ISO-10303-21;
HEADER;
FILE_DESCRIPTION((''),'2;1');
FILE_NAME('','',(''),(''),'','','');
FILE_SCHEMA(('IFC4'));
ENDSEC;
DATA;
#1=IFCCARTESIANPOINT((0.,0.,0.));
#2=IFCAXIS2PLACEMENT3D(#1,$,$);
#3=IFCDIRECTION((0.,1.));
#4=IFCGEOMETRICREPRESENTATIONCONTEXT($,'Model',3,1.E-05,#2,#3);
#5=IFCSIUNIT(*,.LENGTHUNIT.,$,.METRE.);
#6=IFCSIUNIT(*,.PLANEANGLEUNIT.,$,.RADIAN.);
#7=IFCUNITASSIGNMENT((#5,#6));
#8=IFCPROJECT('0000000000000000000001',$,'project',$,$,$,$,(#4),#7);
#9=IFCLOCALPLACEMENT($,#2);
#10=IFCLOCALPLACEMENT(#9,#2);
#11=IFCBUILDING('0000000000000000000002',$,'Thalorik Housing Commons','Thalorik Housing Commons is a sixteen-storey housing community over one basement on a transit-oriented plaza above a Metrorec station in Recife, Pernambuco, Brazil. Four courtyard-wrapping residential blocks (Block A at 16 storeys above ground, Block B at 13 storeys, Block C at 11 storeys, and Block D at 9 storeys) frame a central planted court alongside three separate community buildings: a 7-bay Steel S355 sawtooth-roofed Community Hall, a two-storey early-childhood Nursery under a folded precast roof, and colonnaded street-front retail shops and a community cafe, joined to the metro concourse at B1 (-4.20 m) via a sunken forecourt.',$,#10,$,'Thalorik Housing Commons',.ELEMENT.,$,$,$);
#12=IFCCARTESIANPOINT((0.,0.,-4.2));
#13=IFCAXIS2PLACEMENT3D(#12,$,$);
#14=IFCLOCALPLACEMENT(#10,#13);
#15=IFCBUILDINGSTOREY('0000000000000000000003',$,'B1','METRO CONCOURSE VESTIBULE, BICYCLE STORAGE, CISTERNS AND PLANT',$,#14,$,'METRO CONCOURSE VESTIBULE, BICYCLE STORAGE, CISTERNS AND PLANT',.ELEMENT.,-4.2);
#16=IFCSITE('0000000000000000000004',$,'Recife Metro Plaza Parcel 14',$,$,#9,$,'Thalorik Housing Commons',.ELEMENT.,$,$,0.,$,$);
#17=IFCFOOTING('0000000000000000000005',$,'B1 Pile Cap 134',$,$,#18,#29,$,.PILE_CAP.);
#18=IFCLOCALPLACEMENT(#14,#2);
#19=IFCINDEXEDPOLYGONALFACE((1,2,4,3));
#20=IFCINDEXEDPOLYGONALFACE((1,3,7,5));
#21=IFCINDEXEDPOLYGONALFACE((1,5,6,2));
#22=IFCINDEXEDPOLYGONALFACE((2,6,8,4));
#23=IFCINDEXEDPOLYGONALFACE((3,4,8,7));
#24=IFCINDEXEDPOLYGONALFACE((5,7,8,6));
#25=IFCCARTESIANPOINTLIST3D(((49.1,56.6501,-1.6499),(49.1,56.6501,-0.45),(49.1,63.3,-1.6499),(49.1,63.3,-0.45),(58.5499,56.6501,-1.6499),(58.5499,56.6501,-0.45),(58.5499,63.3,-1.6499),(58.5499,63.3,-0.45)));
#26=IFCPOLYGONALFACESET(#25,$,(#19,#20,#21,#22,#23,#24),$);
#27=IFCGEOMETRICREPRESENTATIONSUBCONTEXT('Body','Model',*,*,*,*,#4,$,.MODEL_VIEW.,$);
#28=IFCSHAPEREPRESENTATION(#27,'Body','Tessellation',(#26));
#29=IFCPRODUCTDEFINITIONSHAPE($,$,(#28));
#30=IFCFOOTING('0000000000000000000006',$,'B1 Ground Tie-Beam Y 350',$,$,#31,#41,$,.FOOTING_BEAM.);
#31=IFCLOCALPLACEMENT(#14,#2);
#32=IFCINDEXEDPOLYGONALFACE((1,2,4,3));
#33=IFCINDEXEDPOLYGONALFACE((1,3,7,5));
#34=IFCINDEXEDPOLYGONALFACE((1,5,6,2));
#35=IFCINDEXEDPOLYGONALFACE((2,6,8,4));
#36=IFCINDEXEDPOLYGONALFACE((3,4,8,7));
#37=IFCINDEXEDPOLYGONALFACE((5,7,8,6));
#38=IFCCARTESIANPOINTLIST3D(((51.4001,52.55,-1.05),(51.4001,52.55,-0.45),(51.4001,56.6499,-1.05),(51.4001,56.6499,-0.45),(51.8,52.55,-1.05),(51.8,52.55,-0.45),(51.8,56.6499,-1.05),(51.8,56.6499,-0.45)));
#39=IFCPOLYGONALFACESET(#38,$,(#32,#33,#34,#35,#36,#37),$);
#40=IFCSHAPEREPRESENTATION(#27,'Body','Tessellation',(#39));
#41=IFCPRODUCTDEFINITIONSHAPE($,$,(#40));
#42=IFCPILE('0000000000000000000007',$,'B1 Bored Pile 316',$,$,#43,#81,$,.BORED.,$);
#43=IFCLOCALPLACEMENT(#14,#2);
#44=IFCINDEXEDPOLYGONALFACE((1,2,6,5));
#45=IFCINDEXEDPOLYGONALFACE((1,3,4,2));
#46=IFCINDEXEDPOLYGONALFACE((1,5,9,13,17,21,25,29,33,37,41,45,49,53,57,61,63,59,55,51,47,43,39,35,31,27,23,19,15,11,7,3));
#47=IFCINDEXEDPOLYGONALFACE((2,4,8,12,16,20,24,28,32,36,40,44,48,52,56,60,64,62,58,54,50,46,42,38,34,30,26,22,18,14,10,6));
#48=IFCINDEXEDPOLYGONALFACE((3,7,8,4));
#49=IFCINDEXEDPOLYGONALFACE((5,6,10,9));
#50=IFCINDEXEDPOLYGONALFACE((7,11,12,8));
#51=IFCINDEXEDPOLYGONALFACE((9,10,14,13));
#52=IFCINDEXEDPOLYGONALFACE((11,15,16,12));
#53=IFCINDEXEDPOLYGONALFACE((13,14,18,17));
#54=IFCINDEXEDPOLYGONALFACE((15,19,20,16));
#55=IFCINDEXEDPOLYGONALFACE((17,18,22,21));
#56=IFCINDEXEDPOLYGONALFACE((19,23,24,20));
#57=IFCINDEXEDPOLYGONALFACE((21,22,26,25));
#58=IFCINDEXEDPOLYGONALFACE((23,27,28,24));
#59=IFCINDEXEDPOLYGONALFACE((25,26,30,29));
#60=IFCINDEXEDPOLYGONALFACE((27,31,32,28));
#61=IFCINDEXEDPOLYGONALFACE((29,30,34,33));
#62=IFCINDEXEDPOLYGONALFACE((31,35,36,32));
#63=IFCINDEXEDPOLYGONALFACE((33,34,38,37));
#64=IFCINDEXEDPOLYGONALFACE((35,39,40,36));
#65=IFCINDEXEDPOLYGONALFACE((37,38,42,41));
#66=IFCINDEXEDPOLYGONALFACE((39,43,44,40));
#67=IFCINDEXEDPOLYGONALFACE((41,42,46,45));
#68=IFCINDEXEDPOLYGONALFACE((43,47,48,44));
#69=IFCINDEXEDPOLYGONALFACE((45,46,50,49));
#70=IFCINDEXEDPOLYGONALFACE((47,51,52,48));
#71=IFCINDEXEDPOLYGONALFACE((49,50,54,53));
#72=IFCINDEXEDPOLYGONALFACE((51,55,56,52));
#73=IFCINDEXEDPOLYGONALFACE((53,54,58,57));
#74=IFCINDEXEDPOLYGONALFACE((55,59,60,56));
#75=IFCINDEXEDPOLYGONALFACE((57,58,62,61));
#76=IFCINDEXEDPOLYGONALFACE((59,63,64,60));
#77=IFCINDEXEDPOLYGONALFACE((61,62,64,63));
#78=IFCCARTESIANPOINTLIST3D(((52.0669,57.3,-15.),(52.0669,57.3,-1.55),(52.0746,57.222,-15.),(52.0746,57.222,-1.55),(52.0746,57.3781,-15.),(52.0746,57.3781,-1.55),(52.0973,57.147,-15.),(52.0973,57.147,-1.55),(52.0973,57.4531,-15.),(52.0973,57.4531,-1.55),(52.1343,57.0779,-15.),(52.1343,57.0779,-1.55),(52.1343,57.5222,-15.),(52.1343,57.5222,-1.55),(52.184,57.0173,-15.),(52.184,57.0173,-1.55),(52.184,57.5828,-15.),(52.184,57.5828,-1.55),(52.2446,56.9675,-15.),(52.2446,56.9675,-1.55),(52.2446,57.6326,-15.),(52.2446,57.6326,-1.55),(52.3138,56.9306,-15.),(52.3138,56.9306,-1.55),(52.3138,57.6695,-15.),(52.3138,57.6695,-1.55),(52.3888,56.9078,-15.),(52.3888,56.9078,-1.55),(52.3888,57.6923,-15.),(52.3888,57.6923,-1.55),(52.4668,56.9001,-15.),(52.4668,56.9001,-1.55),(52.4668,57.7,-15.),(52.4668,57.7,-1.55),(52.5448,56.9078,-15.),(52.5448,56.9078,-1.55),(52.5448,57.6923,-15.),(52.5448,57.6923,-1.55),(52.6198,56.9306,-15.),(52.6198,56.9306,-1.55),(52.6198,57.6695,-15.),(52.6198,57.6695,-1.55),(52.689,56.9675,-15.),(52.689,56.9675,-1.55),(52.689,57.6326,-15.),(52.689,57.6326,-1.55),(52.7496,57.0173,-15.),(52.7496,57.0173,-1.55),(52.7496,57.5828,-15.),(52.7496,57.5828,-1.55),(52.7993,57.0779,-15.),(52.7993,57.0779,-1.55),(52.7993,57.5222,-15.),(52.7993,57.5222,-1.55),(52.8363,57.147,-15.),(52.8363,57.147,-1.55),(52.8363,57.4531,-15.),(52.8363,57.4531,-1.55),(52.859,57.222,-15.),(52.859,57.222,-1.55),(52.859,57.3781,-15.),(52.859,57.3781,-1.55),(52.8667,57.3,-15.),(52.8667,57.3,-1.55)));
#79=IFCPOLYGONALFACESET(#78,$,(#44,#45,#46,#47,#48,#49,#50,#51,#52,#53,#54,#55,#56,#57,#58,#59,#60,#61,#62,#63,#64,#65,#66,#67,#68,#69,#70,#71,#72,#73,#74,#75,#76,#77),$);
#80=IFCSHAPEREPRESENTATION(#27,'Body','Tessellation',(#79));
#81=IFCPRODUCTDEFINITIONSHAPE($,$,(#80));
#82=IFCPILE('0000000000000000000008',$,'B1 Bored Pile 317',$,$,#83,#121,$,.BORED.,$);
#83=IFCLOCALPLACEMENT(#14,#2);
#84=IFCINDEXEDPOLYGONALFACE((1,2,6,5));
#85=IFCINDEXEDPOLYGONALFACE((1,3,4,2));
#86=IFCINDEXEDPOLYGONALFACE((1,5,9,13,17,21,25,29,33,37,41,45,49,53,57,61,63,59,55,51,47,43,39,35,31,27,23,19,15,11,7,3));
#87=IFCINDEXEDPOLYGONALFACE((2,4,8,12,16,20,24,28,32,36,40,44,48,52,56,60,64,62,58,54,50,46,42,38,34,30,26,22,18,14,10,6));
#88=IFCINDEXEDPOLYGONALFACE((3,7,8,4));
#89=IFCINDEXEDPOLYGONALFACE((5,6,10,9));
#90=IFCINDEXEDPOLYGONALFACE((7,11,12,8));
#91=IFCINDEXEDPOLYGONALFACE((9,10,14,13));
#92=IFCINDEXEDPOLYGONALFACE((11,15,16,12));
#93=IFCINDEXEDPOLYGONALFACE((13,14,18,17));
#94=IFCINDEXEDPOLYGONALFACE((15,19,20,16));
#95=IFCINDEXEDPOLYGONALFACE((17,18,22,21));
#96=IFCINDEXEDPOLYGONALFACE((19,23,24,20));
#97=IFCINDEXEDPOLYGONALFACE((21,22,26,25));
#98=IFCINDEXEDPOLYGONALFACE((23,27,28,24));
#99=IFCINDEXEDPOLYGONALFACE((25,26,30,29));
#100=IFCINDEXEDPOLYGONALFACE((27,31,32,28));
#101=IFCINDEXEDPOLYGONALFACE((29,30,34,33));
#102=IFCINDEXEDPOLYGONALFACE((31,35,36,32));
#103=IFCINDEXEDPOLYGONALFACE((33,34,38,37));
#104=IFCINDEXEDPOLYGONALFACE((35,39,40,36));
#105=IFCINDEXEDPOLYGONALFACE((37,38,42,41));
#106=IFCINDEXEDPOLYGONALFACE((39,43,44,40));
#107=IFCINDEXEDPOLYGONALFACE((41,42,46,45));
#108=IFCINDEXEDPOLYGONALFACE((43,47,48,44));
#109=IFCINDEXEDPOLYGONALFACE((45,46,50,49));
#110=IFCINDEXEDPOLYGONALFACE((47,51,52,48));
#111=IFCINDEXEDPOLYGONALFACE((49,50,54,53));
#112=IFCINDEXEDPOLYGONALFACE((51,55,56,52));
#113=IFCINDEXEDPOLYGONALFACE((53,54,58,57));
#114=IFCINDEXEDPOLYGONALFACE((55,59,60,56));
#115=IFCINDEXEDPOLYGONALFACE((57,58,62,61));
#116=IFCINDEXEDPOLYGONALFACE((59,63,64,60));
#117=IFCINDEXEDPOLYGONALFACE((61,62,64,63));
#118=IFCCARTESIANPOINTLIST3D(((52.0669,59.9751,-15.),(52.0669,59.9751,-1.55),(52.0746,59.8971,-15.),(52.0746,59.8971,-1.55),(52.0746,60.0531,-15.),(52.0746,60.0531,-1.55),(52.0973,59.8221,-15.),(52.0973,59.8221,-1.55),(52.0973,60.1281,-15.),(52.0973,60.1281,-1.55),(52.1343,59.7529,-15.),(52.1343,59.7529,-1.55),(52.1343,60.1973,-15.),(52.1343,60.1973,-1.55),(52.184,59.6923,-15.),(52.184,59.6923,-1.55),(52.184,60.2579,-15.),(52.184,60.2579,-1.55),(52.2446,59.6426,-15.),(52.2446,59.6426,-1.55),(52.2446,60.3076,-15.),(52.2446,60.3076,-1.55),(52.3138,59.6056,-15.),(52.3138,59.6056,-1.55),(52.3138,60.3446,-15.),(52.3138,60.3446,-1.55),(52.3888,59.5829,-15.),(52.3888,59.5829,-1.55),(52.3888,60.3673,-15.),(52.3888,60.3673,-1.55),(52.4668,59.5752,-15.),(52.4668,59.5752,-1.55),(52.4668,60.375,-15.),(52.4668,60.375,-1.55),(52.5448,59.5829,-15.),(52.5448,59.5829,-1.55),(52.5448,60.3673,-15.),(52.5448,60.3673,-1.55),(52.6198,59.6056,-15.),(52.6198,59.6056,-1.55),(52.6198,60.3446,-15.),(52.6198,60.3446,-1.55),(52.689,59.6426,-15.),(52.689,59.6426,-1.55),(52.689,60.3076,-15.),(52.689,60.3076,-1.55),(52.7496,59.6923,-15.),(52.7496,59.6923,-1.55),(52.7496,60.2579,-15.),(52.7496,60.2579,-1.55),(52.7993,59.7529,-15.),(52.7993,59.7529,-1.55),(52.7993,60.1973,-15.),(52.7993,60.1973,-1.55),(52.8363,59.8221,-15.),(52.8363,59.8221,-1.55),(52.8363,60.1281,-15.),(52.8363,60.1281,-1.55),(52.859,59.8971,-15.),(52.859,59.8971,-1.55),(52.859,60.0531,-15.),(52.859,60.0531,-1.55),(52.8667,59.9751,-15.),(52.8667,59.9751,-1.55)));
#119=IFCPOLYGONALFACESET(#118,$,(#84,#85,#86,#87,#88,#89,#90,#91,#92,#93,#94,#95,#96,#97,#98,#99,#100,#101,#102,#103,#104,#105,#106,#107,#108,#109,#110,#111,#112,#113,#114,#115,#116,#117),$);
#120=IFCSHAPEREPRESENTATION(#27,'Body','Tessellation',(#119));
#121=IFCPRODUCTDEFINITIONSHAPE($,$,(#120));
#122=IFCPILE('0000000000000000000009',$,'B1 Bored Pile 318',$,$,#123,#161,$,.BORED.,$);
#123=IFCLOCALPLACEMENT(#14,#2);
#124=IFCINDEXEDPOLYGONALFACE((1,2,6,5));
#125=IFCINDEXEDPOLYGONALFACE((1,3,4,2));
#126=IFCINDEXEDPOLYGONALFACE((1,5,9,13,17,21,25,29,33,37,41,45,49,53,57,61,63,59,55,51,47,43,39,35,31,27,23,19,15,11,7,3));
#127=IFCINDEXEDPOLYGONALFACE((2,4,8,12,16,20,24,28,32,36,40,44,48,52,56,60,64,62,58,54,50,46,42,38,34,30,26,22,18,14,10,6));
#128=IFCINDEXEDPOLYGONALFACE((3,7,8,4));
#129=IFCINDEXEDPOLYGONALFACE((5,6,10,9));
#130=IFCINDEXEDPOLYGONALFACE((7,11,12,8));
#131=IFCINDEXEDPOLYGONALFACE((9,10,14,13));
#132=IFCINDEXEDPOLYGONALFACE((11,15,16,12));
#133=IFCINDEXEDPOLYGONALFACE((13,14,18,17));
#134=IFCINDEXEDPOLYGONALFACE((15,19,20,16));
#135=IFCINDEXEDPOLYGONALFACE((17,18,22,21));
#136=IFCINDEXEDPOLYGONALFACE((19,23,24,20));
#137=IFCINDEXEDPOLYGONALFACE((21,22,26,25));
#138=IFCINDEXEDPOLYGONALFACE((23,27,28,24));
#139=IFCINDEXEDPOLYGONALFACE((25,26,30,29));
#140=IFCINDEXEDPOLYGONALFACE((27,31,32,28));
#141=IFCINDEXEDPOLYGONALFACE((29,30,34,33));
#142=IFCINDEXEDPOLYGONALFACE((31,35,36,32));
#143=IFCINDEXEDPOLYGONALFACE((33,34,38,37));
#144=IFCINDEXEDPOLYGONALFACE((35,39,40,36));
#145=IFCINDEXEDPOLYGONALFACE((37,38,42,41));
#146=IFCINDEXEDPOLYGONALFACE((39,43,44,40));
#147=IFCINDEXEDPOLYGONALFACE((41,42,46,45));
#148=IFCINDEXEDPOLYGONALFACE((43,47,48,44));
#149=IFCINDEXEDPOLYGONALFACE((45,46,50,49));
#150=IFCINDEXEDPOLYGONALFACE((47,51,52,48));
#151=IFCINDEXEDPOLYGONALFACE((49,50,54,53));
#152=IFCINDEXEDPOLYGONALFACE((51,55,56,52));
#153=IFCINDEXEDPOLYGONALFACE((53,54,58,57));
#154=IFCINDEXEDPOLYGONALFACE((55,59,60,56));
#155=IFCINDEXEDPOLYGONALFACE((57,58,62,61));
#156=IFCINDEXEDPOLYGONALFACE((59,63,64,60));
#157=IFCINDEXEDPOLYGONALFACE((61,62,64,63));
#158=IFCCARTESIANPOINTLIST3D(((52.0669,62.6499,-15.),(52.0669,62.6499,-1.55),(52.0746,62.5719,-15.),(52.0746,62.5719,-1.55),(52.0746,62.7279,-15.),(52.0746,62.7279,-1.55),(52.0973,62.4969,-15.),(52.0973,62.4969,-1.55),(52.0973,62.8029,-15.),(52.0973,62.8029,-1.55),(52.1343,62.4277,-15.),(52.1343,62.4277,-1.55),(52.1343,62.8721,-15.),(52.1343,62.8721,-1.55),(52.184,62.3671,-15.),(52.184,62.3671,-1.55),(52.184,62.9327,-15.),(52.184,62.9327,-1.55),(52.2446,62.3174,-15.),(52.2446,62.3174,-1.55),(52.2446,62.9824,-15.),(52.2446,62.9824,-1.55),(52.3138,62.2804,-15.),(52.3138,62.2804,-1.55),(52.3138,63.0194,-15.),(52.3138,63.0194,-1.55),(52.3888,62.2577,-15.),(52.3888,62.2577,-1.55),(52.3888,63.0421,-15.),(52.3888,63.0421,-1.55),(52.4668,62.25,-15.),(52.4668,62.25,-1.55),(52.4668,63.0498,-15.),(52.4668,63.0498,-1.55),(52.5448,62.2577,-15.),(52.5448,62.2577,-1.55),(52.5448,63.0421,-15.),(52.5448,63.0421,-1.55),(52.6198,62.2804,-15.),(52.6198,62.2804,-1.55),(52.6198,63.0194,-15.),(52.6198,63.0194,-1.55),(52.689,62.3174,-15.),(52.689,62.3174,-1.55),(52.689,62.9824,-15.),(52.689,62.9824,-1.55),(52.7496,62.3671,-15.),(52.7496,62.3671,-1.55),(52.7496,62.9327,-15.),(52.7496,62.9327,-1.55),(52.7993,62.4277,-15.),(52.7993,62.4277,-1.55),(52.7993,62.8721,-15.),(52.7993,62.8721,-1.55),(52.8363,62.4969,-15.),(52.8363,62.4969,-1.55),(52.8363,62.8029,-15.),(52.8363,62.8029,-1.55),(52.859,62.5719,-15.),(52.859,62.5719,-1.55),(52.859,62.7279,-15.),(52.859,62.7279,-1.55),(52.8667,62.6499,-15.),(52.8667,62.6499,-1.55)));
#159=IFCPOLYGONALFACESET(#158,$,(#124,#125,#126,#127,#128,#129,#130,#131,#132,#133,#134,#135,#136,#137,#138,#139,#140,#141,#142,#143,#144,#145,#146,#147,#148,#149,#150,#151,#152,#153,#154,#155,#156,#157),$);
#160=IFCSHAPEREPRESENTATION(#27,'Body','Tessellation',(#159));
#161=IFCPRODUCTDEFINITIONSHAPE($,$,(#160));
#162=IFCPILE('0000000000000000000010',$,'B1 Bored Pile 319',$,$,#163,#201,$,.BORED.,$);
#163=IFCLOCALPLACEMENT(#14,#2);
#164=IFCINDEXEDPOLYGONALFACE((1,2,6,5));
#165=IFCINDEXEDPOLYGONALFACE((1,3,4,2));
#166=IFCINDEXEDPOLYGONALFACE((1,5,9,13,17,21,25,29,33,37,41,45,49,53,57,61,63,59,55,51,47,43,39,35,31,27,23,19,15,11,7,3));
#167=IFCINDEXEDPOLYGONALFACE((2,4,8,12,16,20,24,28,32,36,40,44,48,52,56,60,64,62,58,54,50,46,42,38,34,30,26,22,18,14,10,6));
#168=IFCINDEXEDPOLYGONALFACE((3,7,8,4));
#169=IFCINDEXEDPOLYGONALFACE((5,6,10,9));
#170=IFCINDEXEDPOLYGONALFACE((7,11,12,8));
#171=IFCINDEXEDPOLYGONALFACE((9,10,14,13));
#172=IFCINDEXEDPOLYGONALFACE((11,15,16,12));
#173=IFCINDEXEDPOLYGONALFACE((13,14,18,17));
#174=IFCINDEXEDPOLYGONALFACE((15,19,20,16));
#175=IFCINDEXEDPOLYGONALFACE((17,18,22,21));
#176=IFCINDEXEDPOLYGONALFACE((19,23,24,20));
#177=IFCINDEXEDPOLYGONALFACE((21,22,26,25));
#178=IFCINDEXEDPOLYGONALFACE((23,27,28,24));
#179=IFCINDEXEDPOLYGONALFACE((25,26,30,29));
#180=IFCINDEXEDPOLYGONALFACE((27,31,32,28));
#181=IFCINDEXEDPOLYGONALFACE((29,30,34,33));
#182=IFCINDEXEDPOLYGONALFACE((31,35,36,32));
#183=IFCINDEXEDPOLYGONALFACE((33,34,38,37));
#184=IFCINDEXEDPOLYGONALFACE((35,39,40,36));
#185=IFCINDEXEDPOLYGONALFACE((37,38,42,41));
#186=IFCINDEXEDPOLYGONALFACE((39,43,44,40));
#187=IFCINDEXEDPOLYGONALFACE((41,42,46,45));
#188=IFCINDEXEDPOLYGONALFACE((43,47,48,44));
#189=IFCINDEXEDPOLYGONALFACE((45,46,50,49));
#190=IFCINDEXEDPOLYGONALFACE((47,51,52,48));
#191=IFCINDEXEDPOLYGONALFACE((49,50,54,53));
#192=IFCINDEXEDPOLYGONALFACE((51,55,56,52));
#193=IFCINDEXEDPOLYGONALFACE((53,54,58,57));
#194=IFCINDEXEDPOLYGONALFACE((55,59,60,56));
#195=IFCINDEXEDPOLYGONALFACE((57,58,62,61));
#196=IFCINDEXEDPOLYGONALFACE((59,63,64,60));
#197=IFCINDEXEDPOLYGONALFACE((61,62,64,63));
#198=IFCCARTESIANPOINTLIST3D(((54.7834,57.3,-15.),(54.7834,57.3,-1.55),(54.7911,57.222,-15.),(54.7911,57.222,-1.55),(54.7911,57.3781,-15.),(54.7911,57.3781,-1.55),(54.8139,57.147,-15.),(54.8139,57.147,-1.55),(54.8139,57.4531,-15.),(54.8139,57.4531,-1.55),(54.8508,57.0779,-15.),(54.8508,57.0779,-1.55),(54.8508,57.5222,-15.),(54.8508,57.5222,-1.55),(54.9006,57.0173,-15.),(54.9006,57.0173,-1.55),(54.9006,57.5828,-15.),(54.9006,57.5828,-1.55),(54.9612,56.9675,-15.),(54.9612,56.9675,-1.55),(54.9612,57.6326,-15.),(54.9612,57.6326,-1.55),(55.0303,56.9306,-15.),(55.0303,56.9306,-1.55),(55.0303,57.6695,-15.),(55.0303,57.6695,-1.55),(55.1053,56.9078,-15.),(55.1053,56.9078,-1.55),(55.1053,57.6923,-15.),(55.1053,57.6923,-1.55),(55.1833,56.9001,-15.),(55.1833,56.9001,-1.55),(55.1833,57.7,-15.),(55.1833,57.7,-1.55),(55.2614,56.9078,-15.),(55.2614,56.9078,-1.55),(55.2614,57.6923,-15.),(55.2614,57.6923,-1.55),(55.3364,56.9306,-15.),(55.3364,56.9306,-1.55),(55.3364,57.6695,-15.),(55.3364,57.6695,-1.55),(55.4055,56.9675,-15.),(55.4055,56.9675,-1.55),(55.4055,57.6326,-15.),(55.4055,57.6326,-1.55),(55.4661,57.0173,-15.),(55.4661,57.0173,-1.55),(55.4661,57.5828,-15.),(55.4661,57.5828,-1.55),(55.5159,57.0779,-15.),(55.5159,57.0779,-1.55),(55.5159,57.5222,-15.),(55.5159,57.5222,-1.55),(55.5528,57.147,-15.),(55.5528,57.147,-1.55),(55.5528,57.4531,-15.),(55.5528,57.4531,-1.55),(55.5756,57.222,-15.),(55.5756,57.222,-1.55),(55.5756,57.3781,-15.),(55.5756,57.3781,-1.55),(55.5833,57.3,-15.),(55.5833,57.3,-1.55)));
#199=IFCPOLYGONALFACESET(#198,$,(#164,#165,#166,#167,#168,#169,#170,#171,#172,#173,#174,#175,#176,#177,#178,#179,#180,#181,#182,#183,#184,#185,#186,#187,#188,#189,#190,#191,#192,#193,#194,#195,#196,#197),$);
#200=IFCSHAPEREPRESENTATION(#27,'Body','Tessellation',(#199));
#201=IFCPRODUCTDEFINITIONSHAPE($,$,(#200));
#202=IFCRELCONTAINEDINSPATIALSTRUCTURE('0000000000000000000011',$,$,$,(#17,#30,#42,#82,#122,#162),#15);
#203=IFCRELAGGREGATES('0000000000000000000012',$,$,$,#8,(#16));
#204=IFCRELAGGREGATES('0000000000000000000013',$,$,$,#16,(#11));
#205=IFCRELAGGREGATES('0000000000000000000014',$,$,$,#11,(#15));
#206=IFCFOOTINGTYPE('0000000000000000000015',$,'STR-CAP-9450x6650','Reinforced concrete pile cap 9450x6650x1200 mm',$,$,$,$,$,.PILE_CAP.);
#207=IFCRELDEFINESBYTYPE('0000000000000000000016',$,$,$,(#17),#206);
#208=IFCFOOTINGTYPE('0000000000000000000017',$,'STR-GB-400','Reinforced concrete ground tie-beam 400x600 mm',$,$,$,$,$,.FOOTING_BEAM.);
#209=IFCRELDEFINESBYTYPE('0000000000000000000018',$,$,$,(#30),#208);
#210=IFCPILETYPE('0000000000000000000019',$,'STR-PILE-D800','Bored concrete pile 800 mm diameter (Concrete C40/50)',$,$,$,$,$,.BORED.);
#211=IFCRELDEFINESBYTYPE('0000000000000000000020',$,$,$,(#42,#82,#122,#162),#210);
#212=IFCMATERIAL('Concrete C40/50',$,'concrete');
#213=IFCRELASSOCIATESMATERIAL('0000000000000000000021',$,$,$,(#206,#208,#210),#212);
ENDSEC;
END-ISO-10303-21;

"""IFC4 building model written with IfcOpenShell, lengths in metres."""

from ifc_helpers import new_model, si_unit, direction, frame, origin, origin_2d, place, context, subcontext, project, spatial, rectangle, circle, extrude, material, material_profile, profile_set, type_object, element, save


model = new_model("IFC4")

# Units and contexts
model_context = context("Model", 3, precision=1e-05, world=origin(), true_north=direction((0.0, 1.0)))
body_context = subcontext(model_context, "Body", "Model", "MODEL_VIEW")
ifc_project = project(units=[si_unit("LENGTHUNIT", "METRE"), si_unit("PLANEANGLEUNIT", "RADIAN")], contexts=[model_context])

# Site, building, storey
site_placement = place(None, origin())
site = spatial("IfcSite", under=ifc_project, at=site_placement, Name="Recife Metro Plaza Parcel 14", LongName="Thalorik Housing Commons", CompositionType="ELEMENT", RefElevation=0.0)
building_placement = place(site_placement, origin())
building = spatial("IfcBuilding", under=site, at=building_placement, Name="Thalorik Housing Commons", Description="Thalorik Housing Commons is a sixteen-storey housing community over one basement on a transit-oriented plaza above a Metrorec station in Recife, Pernambuco, Brazil. Four courtyard-wrapping residential blocks (Block A at 16 storeys above ground, Block B at 13 storeys, Block C at 11 storeys, and Block D at 9 storeys) frame a central planted court alongside three separate community buildings: a 7-bay Steel S355 sawtooth-roofed Community Hall, a two-storey early-childhood Nursery under a folded precast roof, and colonnaded street-front retail shops and a community cafe, joined to the metro concourse at B1 (-4.20 m) via a sunken forecourt.", LongName="Thalorik Housing Commons", CompositionType="ELEMENT")
storey_placement = place(building_placement, frame((0.0, 0.0, -4.2)))
storey = spatial("IfcBuildingStorey", under=building, at=storey_placement, Name="B1", Description="METRO CONCOURSE VESTIBULE, BICYCLE STORAGE, CISTERNS AND PLANT", LongName="METRO CONCOURSE VESTIBULE, BICYCLE STORAGE, CISTERNS AND PLANT", CompositionType="ELEMENT", Elevation=-4.2)

# Footings
ifc_material_1 = material(Name="Concrete C40/50", Category="concrete")
footing_type_1 = type_object("IfcFootingType", Name="STR-CAP-9450x6650", Description="Reinforced concrete pile cap 9450x6650x1200 mm", PredefinedType="PILE_CAP", material=ifc_material_1)
footing_1_placement = place(storey_placement, frame((53.825, 59.9751, -1.6499), z_axis=(0.0, 0.0, 1.0), x_axis=(1.0, 0.0, 0.0)))
element("IfcFooting", 1, at=footing_1_placement, inside=storey, type_object=footing_type_1, Name="B1 Pile Cap 134", PredefinedType="PILE_CAP", context=body_context, shape_type="SweptSolid", body=[
    extrude(rectangle(XDim=9.45, YDim=6.6499, at=origin_2d()), origin(), (0.0, 0.0, 1.0), 1.2),
])
ifc_material_profile_1 = material_profile(ifc_material_1, rectangle(XDim=0.3999, YDim=0.6001, at=origin_2d()), Name="RC 400x600", Category="concrete")
ifc_profile_set_1 = profile_set([ifc_material_profile_1], Name="Concrete C40/50")
footing_type_2 = type_object("IfcFootingType", Name="STR-GB-400", Description="Reinforced concrete ground tie-beam 400x600 mm", PredefinedType="FOOTING_BEAM", material=ifc_profile_set_1)
footing_2_placement = place(storey_placement, frame((51.6001, 52.55, -0.75), z_axis=(0.0, 1.0, 0.0), x_axis=(-1.0, 0.0, 0.0)))
element("IfcFooting", 2, at=footing_2_placement, inside=storey, type_object=footing_type_2, Name="B1 Ground Tie-Beam Y 350", PredefinedType="FOOTING_BEAM", context=body_context, shape_type="SweptSolid", body=[
    extrude(rectangle(XDim=0.3999, YDim=0.6001, at=origin_2d()), origin(), (0.0, 0.0, 1.0), 4.0999),
])

# Piles
ifc_material_profile_2 = material_profile(ifc_material_1, circle(Radius=0.3999, at=origin_2d()), Name="BORED PILE D800", Category="concrete")
ifc_profile_set_2 = profile_set([ifc_material_profile_2], Name="Concrete C40/50")
pile_type = type_object("IfcPileType", Name="STR-PILE-D800", Description="Bored concrete pile 800 mm diameter (Concrete C40/50)", PredefinedType="BORED", material=ifc_profile_set_2)
for number, where, z_axis, x_axis, name in (
    (3, (52.4668, 57.3, -1.55), (0.0, 0.0, -1.0), (1.0, 0.0, 0.0), "B1 Bored Pile 316"),
    (4, (52.4668, 59.9751, -1.55), (0.0, 0.0, -1.0), (1.0, 0.0, 0.0), "B1 Bored Pile 317"),
    (5, (52.4668, 62.6499, -1.55), (0.0, 0.0, -1.0), (1.0, 0.0, 0.0), "B1 Bored Pile 318"),
    (6, (55.1833, 57.3, -1.55), (0.0, 0.0, -1.0), (1.0, 0.0, 0.0), "B1 Bored Pile 319"),
):
    element("IfcPile", number, at=place(storey_placement, frame(where, z_axis=z_axis, x_axis=x_axis)), inside=storey, type_object=pile_type, Name=name, PredefinedType="BORED", context=body_context, shape_type="SweptSolid", body=[
        extrude(circle(Radius=0.3999, at=origin_2d()), origin(), (0.0, 0.0, 1.0), 13.45),
    ])

save(model, "model.ifc")
